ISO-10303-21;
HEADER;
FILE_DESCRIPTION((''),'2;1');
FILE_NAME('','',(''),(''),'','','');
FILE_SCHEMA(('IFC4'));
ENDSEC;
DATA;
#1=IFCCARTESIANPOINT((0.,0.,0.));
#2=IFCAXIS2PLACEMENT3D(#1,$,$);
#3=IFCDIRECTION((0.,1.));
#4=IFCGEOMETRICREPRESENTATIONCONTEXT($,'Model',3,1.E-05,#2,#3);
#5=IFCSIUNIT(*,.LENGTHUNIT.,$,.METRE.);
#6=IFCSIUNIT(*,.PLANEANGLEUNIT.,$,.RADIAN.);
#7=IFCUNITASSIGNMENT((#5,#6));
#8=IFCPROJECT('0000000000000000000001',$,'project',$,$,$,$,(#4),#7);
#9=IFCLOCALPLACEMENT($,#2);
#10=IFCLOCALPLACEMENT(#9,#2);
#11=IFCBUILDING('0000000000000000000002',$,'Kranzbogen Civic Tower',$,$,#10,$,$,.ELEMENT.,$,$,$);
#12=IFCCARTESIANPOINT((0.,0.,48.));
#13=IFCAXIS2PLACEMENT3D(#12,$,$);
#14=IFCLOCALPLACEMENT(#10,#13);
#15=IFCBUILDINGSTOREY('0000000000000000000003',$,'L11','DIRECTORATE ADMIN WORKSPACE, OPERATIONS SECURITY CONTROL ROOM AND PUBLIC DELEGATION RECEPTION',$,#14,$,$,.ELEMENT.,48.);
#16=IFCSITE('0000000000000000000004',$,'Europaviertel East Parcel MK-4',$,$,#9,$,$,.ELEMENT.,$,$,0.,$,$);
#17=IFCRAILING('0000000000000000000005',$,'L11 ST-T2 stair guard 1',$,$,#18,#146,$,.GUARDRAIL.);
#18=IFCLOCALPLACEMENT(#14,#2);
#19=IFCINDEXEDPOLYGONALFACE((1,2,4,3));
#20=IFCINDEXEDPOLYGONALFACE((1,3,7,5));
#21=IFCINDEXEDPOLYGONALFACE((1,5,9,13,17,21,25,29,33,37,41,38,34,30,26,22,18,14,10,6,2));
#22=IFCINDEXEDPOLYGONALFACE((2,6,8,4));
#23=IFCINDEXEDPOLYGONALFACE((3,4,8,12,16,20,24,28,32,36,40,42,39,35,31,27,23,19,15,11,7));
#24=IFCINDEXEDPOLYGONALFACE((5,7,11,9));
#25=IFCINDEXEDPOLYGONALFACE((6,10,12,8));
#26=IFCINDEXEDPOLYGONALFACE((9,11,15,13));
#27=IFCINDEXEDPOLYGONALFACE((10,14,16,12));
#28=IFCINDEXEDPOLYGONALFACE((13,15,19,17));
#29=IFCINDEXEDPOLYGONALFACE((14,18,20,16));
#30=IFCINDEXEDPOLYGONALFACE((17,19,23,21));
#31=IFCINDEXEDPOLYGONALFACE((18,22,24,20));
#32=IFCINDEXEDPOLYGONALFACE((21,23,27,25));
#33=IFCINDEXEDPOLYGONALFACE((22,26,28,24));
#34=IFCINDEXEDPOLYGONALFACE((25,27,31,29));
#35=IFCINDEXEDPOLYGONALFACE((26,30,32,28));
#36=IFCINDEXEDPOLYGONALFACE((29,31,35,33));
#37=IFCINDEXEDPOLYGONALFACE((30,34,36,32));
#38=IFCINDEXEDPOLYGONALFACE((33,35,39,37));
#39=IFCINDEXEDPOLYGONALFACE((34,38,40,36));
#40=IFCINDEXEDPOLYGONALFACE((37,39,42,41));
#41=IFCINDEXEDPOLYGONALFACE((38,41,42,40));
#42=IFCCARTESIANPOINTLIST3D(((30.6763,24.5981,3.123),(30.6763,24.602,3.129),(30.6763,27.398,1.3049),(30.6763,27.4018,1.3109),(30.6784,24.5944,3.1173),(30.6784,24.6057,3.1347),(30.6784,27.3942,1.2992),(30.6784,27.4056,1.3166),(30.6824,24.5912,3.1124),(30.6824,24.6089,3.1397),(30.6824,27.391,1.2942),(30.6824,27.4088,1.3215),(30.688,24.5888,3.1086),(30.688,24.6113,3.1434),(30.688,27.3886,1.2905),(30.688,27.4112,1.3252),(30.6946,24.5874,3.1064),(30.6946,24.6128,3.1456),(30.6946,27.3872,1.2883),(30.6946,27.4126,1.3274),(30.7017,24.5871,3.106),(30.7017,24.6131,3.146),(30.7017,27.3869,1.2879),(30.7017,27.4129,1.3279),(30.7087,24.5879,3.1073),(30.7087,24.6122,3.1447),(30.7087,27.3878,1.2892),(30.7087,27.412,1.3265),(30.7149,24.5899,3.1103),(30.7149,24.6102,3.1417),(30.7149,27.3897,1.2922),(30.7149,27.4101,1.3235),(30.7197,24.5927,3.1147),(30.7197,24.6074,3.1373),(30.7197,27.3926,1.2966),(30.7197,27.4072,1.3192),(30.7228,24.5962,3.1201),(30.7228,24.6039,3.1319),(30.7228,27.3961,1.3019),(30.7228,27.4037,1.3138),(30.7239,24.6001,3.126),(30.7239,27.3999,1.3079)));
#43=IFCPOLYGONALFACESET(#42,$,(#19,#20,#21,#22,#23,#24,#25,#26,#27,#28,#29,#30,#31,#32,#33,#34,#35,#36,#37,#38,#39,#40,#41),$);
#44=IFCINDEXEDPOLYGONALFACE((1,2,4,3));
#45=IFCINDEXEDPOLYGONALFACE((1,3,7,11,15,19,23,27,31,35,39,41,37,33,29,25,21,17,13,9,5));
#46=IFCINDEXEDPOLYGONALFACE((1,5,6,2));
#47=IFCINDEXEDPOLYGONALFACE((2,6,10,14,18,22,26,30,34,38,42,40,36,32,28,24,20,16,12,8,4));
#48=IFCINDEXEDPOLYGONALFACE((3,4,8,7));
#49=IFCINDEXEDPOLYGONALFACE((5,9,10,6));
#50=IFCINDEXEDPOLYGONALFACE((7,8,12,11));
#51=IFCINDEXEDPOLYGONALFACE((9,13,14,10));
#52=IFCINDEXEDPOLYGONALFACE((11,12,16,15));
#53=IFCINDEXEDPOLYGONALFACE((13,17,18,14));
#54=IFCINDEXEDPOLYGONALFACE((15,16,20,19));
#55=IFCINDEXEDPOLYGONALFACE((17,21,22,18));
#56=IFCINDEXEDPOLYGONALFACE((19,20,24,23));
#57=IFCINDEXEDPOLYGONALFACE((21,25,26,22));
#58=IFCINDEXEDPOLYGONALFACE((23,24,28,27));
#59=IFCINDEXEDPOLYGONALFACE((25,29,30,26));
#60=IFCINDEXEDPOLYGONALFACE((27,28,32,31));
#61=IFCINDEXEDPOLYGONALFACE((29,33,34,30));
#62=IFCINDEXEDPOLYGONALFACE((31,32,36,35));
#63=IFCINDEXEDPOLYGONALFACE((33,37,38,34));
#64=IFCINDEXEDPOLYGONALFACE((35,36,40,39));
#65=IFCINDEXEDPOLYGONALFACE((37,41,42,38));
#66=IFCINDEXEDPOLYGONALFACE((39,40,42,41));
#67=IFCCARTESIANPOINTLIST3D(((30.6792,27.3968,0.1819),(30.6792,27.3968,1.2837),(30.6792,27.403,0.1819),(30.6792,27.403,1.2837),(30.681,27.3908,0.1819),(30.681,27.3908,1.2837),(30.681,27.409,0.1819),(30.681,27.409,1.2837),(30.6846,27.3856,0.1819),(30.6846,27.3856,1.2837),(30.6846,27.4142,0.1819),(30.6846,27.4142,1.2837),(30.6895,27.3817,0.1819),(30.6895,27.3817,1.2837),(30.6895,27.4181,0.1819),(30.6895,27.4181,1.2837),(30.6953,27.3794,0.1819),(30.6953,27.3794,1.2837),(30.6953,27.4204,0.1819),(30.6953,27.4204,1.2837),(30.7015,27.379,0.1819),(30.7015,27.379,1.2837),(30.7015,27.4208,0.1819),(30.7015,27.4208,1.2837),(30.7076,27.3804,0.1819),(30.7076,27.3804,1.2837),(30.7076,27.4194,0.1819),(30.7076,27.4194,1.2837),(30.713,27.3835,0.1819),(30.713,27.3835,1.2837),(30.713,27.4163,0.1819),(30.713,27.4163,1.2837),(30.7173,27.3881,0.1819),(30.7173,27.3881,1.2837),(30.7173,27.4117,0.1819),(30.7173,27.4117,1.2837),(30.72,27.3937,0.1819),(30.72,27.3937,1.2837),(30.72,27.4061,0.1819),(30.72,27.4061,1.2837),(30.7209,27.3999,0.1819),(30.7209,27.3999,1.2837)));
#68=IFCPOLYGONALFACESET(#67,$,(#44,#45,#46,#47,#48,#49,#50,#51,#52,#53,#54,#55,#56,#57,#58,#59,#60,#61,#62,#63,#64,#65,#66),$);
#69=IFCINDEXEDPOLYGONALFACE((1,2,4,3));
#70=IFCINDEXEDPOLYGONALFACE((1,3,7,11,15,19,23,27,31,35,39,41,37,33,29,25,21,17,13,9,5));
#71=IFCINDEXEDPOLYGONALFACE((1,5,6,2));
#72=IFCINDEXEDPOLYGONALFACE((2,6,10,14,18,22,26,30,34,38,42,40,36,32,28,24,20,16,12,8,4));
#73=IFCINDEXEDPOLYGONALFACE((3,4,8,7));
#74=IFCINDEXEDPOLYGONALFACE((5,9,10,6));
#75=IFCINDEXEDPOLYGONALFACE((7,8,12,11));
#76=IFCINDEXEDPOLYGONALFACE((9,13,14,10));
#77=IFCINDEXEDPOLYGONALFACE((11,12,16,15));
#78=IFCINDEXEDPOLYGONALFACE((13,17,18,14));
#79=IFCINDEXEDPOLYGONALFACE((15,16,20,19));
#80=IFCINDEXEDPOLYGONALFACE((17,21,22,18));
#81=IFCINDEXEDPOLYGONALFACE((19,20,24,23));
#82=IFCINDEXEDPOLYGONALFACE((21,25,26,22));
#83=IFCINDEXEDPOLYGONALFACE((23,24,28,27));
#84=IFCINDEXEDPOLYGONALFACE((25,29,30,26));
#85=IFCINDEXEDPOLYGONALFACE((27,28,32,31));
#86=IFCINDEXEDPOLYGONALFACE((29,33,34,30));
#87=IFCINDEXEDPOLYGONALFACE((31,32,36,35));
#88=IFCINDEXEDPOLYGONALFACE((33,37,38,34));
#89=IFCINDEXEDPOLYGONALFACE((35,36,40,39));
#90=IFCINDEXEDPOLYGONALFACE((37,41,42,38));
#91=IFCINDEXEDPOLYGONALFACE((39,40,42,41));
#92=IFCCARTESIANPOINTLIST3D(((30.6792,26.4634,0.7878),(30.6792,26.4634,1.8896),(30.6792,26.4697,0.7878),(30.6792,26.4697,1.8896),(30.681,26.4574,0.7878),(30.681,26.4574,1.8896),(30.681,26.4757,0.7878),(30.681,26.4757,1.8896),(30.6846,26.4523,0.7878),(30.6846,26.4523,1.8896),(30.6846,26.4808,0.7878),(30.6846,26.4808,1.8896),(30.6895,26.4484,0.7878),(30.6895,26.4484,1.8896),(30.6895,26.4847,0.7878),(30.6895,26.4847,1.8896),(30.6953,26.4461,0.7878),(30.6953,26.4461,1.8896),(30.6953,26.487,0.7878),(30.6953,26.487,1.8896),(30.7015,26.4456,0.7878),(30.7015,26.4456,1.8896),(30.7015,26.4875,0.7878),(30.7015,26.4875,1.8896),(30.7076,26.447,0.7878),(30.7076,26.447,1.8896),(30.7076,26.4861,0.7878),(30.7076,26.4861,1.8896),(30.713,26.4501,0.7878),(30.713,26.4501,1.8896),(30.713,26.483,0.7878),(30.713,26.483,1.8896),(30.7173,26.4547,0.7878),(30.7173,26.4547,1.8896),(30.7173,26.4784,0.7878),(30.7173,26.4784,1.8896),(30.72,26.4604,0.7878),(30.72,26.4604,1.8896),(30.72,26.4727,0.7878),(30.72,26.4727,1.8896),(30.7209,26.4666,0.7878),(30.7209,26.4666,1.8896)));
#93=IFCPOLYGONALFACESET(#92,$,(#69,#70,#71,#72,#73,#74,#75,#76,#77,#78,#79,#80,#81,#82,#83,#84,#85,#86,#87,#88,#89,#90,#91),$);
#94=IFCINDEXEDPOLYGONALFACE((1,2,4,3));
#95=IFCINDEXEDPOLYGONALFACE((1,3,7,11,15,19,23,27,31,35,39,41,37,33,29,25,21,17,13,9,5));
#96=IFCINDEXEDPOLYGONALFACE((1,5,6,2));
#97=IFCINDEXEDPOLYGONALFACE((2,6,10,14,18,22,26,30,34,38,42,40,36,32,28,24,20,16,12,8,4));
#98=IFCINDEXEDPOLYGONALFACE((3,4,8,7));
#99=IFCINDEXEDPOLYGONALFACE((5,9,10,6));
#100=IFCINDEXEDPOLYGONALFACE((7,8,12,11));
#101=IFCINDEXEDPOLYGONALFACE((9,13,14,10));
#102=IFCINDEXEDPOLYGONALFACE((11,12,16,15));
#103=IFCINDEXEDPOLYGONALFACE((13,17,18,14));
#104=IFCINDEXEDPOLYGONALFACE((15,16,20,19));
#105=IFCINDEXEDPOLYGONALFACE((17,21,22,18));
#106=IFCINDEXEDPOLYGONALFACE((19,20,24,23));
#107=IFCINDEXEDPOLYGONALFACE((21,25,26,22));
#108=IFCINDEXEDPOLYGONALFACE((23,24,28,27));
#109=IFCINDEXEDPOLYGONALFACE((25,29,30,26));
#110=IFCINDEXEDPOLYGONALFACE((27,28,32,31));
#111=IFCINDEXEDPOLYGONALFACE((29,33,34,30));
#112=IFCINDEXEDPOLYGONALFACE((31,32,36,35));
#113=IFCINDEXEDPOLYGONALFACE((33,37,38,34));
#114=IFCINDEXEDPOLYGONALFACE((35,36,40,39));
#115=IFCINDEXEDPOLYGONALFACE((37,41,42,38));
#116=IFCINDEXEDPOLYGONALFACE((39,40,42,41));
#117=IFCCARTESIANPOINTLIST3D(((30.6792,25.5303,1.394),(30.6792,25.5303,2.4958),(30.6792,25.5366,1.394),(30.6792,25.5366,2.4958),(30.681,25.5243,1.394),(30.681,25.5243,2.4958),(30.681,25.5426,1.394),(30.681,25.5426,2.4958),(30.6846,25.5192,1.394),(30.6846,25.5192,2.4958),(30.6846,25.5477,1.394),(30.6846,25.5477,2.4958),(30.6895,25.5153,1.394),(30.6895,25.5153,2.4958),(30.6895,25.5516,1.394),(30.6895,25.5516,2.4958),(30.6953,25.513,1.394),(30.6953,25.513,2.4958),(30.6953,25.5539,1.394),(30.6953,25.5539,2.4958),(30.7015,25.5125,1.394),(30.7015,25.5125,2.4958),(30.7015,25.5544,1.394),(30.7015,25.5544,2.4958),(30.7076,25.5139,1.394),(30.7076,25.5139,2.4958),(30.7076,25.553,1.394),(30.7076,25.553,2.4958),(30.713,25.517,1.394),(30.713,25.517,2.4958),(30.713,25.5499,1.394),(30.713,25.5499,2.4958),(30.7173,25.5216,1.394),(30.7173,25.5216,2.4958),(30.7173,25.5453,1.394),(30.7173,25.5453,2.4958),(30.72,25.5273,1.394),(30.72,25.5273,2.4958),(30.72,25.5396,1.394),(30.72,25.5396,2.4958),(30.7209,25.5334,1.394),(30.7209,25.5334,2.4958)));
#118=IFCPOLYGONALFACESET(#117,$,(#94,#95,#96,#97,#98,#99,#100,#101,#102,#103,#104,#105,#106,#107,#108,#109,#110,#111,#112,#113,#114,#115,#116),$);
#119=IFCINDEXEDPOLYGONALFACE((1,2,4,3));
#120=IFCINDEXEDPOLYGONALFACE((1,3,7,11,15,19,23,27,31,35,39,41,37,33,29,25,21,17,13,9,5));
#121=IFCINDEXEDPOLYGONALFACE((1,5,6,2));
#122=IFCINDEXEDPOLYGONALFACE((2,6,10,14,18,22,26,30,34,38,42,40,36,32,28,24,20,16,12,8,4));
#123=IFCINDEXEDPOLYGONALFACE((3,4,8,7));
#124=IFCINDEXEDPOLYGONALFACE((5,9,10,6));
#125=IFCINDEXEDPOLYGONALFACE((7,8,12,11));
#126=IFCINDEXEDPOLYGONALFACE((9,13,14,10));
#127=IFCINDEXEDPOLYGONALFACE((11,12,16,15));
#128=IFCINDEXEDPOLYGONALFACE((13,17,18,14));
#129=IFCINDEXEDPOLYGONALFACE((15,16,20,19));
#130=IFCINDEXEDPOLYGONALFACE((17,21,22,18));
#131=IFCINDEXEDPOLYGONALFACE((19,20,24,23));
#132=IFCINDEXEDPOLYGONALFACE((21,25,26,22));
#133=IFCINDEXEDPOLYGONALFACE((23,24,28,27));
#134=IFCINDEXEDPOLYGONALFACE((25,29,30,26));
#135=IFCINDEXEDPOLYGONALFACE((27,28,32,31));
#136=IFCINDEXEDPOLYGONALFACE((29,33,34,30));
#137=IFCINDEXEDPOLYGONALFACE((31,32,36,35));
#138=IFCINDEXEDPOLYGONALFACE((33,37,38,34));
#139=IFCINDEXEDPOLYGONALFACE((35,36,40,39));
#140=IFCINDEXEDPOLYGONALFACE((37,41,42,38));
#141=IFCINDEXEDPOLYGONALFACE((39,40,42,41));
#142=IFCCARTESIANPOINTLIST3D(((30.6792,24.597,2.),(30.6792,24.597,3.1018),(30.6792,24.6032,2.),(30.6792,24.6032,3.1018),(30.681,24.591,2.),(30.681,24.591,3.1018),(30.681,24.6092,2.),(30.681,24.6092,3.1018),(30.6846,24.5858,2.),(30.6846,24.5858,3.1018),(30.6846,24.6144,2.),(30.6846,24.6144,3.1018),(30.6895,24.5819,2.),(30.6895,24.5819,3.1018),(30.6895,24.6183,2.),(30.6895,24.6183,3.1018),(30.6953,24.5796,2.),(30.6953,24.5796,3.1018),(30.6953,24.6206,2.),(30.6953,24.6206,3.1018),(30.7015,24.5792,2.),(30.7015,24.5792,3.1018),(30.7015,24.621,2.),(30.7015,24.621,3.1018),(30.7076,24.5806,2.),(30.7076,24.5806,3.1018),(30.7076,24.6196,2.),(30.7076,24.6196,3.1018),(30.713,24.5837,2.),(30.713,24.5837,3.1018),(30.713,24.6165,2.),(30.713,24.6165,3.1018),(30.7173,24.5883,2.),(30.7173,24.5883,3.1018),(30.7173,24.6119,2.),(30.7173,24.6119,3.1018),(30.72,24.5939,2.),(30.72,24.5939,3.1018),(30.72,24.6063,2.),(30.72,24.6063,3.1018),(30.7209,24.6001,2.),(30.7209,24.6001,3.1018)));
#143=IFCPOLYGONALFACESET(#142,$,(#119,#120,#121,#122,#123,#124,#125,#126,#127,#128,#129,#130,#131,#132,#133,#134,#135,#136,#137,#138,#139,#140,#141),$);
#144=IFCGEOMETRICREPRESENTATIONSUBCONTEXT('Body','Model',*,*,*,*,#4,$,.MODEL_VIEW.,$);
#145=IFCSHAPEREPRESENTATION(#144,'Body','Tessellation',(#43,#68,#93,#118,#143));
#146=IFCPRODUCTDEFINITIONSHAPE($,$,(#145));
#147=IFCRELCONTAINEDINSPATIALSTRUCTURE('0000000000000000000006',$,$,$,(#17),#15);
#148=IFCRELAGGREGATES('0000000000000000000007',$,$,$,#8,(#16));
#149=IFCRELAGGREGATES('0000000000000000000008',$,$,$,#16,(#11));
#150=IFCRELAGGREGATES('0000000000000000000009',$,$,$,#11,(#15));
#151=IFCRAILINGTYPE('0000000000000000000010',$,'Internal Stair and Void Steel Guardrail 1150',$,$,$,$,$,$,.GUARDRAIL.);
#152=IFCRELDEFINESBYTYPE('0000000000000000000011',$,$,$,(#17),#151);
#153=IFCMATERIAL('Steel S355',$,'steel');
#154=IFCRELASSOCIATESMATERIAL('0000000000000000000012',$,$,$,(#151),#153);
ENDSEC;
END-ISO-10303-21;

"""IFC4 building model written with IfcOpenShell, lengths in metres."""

from ifc_helpers import new_model, si_unit, direction, frame, origin, origin_2d, place, context, subcontext, project, spatial, circle, extrude, material, type_object, element, save


model = new_model("IFC4")

# Units and contexts
model_context = context("Model", 3, precision=1e-05, world=origin(), true_north=direction((0.0, 1.0)))
body_context = subcontext(model_context, "Body", "Model", "MODEL_VIEW")
ifc_project = project(units=[si_unit("LENGTHUNIT", "METRE"), si_unit("PLANEANGLEUNIT", "RADIAN")], contexts=[model_context])

# Site, building, storey
site_placement = place(None, origin())
site = spatial("IfcSite", under=ifc_project, at=site_placement, Name="Europaviertel East Parcel MK-4", CompositionType="ELEMENT", RefElevation=0.0)
building_placement = place(site_placement, origin())
building = spatial("IfcBuilding", under=site, at=building_placement, Name="Kranzbogen Civic Tower", CompositionType="ELEMENT")
storey_placement = place(building_placement, frame((0.0, 0.0, 48.0)))
storey = spatial("IfcBuildingStorey", under=building, at=storey_placement, Name="L11", Description="DIRECTORATE ADMIN WORKSPACE, OPERATIONS SECURITY CONTROL ROOM AND PUBLIC DELEGATION RECEPTION", CompositionType="ELEMENT", Elevation=48.0)

# Shared definitions
ifc_material_1 = material(Name="Steel S355", Category="steel")

# Railing
railing_type_1 = type_object("IfcRailingType", Name="Internal Stair and Void Steel Guardrail 1150", PredefinedType="GUARDRAIL", material=ifc_material_1)
railing_1_placement = place(storey_placement, frame((30.7, 27.3999, 0.1819)))
element("IfcRailing", 1, at=railing_1_placement, inside=storey, type_object=railing_type_1, Name="L11 ST-T2 stair guard 1", PredefinedType="GUARDRAIL", context=body_context, shape_type="SweptSolid", body=[
    extrude(circle(Radius=0.0239, at=origin_2d()), frame((0.0, 0.0, 1.126), z_axis=(0.0, -0.838684, 0.544618), x_axis=(1.0, 0.0, 0.0)), (0.0, 0.0, 1.0), 3.3384),
    extrude(circle(Radius=0.021, at=origin_2d()), origin(), (0.0, 0.0, 1.0), 1.1018),
    extrude(circle(Radius=0.021, at=origin_2d()), frame((0.0, -0.9333, 0.606)), (0.0, 0.0, 1.0), 1.1018),
    extrude(circle(Radius=0.021, at=origin_2d()), frame((0.0, -1.8665, 1.2122)), (0.0, 0.0, 1.0), 1.1018),
    extrude(circle(Radius=0.021, at=origin_2d()), frame((0.0, -2.7998, 1.8181)), (0.0, 0.0, 1.0), 1.1018),
])

save(model, "model.ifc")
